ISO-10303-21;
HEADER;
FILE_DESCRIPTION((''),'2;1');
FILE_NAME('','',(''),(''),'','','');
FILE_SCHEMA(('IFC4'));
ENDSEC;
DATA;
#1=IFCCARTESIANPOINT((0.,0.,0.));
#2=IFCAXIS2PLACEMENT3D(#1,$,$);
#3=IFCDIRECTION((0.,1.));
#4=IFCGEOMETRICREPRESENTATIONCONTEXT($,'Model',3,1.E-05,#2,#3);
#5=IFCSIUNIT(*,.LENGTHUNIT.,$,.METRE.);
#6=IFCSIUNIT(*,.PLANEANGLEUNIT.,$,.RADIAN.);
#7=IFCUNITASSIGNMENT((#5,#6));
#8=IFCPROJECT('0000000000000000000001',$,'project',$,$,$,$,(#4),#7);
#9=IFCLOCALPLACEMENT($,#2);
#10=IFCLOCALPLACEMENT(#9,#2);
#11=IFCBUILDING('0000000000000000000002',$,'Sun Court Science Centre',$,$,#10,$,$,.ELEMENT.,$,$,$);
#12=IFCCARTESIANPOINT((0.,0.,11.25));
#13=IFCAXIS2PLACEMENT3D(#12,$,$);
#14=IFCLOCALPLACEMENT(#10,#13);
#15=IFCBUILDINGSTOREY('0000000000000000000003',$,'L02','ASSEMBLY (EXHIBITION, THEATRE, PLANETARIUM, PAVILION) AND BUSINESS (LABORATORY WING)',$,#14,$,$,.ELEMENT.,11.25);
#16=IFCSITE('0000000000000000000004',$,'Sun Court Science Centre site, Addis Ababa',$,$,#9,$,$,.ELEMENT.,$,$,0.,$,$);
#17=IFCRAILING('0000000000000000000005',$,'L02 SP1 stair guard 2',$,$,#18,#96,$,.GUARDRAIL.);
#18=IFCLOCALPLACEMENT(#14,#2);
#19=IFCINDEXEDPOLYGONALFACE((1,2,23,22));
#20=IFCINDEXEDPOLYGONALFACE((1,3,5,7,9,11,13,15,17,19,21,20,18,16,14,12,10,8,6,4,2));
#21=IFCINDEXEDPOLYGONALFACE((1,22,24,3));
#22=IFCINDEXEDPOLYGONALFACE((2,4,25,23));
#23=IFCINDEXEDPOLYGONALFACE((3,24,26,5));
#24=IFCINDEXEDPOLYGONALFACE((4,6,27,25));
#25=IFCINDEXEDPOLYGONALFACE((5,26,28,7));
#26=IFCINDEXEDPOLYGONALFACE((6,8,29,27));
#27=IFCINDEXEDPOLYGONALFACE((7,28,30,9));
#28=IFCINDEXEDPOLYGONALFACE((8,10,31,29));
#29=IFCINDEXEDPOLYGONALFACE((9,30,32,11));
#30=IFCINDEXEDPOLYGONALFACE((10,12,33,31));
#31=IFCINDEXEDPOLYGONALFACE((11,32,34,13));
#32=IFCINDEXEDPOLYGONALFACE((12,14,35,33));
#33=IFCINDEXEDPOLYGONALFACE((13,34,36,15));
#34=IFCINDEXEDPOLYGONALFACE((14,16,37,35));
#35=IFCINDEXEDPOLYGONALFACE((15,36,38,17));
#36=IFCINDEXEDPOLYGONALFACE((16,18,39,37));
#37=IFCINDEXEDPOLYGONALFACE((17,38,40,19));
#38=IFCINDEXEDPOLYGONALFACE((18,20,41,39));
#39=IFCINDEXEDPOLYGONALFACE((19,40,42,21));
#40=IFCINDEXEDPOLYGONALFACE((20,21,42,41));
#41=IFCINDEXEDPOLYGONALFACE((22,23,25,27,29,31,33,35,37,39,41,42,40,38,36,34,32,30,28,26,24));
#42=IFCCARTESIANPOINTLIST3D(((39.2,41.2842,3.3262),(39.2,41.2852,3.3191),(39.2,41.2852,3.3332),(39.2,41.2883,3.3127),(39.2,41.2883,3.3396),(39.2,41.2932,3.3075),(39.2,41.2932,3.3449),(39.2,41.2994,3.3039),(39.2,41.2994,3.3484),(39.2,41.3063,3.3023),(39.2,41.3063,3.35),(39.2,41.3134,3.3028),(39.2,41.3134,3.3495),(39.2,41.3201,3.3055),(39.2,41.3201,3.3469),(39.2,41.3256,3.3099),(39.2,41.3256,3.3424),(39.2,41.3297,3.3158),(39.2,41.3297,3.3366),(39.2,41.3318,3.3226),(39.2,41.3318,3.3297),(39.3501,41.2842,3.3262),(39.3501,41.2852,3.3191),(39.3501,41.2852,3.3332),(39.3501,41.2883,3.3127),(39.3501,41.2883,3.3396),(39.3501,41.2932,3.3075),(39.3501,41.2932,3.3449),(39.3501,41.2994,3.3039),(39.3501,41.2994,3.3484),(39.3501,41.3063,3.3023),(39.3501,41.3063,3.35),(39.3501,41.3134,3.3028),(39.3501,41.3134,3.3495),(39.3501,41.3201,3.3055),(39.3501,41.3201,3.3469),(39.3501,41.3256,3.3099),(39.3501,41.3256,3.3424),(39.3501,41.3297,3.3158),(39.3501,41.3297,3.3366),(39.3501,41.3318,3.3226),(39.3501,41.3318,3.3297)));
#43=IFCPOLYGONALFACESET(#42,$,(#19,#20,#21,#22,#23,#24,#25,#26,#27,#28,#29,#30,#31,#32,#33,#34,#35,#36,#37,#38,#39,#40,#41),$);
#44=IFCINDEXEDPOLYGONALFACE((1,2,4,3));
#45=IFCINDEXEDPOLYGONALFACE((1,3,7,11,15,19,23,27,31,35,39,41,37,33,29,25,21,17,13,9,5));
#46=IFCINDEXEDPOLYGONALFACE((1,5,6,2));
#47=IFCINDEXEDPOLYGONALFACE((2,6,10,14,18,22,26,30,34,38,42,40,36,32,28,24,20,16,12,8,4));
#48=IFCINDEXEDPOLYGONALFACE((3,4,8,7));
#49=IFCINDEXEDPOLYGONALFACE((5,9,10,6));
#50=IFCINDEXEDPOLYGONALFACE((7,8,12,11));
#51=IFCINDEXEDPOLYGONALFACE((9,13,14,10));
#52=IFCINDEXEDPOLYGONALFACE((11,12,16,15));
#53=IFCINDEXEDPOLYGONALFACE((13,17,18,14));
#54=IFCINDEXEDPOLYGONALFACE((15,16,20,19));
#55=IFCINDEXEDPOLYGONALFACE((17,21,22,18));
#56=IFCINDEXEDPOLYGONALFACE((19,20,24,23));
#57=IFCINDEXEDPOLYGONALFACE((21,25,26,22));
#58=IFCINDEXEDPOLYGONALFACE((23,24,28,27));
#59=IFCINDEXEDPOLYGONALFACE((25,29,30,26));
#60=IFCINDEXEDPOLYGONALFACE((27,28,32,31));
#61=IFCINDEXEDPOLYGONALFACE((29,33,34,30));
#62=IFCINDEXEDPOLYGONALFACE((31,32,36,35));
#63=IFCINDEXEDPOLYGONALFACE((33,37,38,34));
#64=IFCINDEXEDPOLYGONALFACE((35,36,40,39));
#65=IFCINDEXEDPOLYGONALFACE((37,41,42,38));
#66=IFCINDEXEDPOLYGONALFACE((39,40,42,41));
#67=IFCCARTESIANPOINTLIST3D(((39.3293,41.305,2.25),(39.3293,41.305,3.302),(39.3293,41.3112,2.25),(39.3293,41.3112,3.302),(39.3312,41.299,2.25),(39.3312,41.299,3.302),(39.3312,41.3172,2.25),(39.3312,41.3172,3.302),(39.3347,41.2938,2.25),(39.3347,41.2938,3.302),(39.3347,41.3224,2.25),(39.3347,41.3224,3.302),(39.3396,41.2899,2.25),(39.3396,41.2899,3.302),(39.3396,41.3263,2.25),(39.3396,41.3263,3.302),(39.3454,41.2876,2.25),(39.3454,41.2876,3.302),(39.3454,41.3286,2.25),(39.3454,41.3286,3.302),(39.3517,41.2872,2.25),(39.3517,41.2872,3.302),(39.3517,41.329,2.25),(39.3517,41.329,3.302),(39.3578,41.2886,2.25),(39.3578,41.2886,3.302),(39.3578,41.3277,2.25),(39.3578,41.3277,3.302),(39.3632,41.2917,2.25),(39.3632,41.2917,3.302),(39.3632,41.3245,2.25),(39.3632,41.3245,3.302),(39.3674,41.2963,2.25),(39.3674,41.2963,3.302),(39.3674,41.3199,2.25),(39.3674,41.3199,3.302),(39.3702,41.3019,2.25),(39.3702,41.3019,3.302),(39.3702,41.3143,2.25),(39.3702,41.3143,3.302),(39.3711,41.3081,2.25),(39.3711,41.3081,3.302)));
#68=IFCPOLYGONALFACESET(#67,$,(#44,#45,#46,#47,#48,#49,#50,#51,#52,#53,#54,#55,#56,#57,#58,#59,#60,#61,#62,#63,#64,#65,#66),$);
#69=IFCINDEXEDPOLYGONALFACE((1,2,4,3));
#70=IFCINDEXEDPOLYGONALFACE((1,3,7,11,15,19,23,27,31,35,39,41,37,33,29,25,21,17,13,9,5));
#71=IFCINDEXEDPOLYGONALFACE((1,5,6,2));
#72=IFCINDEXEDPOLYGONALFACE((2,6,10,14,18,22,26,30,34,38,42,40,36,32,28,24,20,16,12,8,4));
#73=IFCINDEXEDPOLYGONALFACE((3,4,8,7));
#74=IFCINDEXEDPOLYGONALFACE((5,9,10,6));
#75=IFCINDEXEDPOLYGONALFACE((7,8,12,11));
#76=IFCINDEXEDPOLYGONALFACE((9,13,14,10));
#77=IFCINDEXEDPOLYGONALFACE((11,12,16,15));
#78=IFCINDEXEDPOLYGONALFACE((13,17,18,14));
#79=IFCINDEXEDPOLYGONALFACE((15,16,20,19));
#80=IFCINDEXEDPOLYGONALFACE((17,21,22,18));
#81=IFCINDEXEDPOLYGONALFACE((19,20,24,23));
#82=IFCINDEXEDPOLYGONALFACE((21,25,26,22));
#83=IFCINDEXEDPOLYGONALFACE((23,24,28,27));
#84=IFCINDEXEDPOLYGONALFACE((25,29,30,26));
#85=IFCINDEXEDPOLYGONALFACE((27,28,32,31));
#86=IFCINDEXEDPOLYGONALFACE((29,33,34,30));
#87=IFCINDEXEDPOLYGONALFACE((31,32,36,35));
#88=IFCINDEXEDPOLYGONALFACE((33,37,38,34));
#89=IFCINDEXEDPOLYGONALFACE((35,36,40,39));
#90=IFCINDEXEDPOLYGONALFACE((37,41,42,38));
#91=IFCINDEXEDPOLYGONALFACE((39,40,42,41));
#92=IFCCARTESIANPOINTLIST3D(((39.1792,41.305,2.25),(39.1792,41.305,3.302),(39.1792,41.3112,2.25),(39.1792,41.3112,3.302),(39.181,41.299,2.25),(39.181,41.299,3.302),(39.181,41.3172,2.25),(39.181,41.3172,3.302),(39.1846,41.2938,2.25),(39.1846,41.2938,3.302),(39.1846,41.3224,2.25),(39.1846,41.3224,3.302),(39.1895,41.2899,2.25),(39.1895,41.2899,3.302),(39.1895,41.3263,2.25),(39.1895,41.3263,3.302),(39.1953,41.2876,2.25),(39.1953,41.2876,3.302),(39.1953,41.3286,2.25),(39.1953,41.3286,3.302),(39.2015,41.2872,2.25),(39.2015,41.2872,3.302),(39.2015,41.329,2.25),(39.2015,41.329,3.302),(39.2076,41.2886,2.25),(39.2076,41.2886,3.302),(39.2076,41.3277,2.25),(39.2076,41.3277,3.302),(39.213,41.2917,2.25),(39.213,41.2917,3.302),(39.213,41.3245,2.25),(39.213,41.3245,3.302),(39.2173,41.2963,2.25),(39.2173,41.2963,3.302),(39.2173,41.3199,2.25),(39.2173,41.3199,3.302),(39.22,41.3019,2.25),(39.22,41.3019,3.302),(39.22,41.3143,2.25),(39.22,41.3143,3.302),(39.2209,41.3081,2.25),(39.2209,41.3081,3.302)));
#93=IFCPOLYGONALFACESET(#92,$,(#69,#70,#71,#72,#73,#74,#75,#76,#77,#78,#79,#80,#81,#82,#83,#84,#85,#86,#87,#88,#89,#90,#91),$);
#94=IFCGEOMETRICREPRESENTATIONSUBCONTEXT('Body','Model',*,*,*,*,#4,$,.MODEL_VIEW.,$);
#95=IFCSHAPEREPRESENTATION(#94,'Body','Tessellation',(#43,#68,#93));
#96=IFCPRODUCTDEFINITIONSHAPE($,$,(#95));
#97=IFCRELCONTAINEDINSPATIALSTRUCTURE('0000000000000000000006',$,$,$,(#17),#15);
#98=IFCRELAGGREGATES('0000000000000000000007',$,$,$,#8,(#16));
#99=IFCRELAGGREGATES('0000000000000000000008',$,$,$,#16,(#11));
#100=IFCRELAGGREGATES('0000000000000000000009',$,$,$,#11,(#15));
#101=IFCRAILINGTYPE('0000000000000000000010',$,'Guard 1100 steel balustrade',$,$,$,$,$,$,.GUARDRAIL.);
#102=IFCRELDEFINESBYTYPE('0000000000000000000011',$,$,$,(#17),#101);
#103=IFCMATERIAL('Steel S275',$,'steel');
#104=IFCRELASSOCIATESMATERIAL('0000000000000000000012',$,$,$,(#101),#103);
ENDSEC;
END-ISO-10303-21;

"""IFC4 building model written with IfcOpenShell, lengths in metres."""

from ifc_helpers import new_model, si_unit, direction, frame, origin, origin_2d, place, context, subcontext, project, spatial, circle, extrude, material, type_object, element, save


model = new_model("IFC4")

# Units and contexts
model_context = context("Model", 3, precision=1e-05, world=origin(), true_north=direction((0.0, 1.0)))
body_context = subcontext(model_context, "Body", "Model", "MODEL_VIEW")
ifc_project = project(units=[si_unit("LENGTHUNIT", "METRE"), si_unit("PLANEANGLEUNIT", "RADIAN")], contexts=[model_context])

# Site, building, storey
site_placement = place(None, origin())
site = spatial("IfcSite", under=ifc_project, at=site_placement, Name="Sun Court Science Centre site, Addis Ababa", CompositionType="ELEMENT", RefElevation=0.0)
building_placement = place(site_placement, origin())
building = spatial("IfcBuilding", under=site, at=building_placement, Name="Sun Court Science Centre", CompositionType="ELEMENT")
storey_placement = place(building_placement, frame((0.0, 0.0, 11.25)))
storey = spatial("IfcBuildingStorey", under=building, at=storey_placement, Name="L02", Description="ASSEMBLY (EXHIBITION, THEATRE, PLANETARIUM, PAVILION) AND BUSINESS (LABORATORY WING)", CompositionType="ELEMENT", Elevation=11.25)

# Railing
ifc_material_1 = material(Name="Steel S275", Category="steel")
railing_type_1 = type_object("IfcRailingType", Name="Guard 1100 steel balustrade", PredefinedType="GUARDRAIL", material=ifc_material_1)
railing_1_placement = place(storey_placement, frame((39.3501, 41.3081, 2.25)))
element("IfcRailing", 1, at=railing_1_placement, inside=storey, type_object=railing_type_1, Name="L02 SP1 stair guard 2", PredefinedType="GUARDRAIL", context=body_context, shape_type="SweptSolid", body=[
    extrude(circle(Radius=0.0239, at=origin_2d()), frame((0.0, 0.0, 1.0762), z_axis=(-1.0, 0.0, 0.0), x_axis=(0.0, -1.0, 0.0)), (0.0, 0.0, 1.0), 0.1501),
    extrude(circle(Radius=0.021, at=origin_2d()), origin(), (0.0, 0.0, 1.0), 1.052),
    extrude(circle(Radius=0.021, at=origin_2d()), frame((-0.1501, 0.0, 0.0)), (0.0, 0.0, 1.0), 1.052),
])

save(model, "model.ifc")
